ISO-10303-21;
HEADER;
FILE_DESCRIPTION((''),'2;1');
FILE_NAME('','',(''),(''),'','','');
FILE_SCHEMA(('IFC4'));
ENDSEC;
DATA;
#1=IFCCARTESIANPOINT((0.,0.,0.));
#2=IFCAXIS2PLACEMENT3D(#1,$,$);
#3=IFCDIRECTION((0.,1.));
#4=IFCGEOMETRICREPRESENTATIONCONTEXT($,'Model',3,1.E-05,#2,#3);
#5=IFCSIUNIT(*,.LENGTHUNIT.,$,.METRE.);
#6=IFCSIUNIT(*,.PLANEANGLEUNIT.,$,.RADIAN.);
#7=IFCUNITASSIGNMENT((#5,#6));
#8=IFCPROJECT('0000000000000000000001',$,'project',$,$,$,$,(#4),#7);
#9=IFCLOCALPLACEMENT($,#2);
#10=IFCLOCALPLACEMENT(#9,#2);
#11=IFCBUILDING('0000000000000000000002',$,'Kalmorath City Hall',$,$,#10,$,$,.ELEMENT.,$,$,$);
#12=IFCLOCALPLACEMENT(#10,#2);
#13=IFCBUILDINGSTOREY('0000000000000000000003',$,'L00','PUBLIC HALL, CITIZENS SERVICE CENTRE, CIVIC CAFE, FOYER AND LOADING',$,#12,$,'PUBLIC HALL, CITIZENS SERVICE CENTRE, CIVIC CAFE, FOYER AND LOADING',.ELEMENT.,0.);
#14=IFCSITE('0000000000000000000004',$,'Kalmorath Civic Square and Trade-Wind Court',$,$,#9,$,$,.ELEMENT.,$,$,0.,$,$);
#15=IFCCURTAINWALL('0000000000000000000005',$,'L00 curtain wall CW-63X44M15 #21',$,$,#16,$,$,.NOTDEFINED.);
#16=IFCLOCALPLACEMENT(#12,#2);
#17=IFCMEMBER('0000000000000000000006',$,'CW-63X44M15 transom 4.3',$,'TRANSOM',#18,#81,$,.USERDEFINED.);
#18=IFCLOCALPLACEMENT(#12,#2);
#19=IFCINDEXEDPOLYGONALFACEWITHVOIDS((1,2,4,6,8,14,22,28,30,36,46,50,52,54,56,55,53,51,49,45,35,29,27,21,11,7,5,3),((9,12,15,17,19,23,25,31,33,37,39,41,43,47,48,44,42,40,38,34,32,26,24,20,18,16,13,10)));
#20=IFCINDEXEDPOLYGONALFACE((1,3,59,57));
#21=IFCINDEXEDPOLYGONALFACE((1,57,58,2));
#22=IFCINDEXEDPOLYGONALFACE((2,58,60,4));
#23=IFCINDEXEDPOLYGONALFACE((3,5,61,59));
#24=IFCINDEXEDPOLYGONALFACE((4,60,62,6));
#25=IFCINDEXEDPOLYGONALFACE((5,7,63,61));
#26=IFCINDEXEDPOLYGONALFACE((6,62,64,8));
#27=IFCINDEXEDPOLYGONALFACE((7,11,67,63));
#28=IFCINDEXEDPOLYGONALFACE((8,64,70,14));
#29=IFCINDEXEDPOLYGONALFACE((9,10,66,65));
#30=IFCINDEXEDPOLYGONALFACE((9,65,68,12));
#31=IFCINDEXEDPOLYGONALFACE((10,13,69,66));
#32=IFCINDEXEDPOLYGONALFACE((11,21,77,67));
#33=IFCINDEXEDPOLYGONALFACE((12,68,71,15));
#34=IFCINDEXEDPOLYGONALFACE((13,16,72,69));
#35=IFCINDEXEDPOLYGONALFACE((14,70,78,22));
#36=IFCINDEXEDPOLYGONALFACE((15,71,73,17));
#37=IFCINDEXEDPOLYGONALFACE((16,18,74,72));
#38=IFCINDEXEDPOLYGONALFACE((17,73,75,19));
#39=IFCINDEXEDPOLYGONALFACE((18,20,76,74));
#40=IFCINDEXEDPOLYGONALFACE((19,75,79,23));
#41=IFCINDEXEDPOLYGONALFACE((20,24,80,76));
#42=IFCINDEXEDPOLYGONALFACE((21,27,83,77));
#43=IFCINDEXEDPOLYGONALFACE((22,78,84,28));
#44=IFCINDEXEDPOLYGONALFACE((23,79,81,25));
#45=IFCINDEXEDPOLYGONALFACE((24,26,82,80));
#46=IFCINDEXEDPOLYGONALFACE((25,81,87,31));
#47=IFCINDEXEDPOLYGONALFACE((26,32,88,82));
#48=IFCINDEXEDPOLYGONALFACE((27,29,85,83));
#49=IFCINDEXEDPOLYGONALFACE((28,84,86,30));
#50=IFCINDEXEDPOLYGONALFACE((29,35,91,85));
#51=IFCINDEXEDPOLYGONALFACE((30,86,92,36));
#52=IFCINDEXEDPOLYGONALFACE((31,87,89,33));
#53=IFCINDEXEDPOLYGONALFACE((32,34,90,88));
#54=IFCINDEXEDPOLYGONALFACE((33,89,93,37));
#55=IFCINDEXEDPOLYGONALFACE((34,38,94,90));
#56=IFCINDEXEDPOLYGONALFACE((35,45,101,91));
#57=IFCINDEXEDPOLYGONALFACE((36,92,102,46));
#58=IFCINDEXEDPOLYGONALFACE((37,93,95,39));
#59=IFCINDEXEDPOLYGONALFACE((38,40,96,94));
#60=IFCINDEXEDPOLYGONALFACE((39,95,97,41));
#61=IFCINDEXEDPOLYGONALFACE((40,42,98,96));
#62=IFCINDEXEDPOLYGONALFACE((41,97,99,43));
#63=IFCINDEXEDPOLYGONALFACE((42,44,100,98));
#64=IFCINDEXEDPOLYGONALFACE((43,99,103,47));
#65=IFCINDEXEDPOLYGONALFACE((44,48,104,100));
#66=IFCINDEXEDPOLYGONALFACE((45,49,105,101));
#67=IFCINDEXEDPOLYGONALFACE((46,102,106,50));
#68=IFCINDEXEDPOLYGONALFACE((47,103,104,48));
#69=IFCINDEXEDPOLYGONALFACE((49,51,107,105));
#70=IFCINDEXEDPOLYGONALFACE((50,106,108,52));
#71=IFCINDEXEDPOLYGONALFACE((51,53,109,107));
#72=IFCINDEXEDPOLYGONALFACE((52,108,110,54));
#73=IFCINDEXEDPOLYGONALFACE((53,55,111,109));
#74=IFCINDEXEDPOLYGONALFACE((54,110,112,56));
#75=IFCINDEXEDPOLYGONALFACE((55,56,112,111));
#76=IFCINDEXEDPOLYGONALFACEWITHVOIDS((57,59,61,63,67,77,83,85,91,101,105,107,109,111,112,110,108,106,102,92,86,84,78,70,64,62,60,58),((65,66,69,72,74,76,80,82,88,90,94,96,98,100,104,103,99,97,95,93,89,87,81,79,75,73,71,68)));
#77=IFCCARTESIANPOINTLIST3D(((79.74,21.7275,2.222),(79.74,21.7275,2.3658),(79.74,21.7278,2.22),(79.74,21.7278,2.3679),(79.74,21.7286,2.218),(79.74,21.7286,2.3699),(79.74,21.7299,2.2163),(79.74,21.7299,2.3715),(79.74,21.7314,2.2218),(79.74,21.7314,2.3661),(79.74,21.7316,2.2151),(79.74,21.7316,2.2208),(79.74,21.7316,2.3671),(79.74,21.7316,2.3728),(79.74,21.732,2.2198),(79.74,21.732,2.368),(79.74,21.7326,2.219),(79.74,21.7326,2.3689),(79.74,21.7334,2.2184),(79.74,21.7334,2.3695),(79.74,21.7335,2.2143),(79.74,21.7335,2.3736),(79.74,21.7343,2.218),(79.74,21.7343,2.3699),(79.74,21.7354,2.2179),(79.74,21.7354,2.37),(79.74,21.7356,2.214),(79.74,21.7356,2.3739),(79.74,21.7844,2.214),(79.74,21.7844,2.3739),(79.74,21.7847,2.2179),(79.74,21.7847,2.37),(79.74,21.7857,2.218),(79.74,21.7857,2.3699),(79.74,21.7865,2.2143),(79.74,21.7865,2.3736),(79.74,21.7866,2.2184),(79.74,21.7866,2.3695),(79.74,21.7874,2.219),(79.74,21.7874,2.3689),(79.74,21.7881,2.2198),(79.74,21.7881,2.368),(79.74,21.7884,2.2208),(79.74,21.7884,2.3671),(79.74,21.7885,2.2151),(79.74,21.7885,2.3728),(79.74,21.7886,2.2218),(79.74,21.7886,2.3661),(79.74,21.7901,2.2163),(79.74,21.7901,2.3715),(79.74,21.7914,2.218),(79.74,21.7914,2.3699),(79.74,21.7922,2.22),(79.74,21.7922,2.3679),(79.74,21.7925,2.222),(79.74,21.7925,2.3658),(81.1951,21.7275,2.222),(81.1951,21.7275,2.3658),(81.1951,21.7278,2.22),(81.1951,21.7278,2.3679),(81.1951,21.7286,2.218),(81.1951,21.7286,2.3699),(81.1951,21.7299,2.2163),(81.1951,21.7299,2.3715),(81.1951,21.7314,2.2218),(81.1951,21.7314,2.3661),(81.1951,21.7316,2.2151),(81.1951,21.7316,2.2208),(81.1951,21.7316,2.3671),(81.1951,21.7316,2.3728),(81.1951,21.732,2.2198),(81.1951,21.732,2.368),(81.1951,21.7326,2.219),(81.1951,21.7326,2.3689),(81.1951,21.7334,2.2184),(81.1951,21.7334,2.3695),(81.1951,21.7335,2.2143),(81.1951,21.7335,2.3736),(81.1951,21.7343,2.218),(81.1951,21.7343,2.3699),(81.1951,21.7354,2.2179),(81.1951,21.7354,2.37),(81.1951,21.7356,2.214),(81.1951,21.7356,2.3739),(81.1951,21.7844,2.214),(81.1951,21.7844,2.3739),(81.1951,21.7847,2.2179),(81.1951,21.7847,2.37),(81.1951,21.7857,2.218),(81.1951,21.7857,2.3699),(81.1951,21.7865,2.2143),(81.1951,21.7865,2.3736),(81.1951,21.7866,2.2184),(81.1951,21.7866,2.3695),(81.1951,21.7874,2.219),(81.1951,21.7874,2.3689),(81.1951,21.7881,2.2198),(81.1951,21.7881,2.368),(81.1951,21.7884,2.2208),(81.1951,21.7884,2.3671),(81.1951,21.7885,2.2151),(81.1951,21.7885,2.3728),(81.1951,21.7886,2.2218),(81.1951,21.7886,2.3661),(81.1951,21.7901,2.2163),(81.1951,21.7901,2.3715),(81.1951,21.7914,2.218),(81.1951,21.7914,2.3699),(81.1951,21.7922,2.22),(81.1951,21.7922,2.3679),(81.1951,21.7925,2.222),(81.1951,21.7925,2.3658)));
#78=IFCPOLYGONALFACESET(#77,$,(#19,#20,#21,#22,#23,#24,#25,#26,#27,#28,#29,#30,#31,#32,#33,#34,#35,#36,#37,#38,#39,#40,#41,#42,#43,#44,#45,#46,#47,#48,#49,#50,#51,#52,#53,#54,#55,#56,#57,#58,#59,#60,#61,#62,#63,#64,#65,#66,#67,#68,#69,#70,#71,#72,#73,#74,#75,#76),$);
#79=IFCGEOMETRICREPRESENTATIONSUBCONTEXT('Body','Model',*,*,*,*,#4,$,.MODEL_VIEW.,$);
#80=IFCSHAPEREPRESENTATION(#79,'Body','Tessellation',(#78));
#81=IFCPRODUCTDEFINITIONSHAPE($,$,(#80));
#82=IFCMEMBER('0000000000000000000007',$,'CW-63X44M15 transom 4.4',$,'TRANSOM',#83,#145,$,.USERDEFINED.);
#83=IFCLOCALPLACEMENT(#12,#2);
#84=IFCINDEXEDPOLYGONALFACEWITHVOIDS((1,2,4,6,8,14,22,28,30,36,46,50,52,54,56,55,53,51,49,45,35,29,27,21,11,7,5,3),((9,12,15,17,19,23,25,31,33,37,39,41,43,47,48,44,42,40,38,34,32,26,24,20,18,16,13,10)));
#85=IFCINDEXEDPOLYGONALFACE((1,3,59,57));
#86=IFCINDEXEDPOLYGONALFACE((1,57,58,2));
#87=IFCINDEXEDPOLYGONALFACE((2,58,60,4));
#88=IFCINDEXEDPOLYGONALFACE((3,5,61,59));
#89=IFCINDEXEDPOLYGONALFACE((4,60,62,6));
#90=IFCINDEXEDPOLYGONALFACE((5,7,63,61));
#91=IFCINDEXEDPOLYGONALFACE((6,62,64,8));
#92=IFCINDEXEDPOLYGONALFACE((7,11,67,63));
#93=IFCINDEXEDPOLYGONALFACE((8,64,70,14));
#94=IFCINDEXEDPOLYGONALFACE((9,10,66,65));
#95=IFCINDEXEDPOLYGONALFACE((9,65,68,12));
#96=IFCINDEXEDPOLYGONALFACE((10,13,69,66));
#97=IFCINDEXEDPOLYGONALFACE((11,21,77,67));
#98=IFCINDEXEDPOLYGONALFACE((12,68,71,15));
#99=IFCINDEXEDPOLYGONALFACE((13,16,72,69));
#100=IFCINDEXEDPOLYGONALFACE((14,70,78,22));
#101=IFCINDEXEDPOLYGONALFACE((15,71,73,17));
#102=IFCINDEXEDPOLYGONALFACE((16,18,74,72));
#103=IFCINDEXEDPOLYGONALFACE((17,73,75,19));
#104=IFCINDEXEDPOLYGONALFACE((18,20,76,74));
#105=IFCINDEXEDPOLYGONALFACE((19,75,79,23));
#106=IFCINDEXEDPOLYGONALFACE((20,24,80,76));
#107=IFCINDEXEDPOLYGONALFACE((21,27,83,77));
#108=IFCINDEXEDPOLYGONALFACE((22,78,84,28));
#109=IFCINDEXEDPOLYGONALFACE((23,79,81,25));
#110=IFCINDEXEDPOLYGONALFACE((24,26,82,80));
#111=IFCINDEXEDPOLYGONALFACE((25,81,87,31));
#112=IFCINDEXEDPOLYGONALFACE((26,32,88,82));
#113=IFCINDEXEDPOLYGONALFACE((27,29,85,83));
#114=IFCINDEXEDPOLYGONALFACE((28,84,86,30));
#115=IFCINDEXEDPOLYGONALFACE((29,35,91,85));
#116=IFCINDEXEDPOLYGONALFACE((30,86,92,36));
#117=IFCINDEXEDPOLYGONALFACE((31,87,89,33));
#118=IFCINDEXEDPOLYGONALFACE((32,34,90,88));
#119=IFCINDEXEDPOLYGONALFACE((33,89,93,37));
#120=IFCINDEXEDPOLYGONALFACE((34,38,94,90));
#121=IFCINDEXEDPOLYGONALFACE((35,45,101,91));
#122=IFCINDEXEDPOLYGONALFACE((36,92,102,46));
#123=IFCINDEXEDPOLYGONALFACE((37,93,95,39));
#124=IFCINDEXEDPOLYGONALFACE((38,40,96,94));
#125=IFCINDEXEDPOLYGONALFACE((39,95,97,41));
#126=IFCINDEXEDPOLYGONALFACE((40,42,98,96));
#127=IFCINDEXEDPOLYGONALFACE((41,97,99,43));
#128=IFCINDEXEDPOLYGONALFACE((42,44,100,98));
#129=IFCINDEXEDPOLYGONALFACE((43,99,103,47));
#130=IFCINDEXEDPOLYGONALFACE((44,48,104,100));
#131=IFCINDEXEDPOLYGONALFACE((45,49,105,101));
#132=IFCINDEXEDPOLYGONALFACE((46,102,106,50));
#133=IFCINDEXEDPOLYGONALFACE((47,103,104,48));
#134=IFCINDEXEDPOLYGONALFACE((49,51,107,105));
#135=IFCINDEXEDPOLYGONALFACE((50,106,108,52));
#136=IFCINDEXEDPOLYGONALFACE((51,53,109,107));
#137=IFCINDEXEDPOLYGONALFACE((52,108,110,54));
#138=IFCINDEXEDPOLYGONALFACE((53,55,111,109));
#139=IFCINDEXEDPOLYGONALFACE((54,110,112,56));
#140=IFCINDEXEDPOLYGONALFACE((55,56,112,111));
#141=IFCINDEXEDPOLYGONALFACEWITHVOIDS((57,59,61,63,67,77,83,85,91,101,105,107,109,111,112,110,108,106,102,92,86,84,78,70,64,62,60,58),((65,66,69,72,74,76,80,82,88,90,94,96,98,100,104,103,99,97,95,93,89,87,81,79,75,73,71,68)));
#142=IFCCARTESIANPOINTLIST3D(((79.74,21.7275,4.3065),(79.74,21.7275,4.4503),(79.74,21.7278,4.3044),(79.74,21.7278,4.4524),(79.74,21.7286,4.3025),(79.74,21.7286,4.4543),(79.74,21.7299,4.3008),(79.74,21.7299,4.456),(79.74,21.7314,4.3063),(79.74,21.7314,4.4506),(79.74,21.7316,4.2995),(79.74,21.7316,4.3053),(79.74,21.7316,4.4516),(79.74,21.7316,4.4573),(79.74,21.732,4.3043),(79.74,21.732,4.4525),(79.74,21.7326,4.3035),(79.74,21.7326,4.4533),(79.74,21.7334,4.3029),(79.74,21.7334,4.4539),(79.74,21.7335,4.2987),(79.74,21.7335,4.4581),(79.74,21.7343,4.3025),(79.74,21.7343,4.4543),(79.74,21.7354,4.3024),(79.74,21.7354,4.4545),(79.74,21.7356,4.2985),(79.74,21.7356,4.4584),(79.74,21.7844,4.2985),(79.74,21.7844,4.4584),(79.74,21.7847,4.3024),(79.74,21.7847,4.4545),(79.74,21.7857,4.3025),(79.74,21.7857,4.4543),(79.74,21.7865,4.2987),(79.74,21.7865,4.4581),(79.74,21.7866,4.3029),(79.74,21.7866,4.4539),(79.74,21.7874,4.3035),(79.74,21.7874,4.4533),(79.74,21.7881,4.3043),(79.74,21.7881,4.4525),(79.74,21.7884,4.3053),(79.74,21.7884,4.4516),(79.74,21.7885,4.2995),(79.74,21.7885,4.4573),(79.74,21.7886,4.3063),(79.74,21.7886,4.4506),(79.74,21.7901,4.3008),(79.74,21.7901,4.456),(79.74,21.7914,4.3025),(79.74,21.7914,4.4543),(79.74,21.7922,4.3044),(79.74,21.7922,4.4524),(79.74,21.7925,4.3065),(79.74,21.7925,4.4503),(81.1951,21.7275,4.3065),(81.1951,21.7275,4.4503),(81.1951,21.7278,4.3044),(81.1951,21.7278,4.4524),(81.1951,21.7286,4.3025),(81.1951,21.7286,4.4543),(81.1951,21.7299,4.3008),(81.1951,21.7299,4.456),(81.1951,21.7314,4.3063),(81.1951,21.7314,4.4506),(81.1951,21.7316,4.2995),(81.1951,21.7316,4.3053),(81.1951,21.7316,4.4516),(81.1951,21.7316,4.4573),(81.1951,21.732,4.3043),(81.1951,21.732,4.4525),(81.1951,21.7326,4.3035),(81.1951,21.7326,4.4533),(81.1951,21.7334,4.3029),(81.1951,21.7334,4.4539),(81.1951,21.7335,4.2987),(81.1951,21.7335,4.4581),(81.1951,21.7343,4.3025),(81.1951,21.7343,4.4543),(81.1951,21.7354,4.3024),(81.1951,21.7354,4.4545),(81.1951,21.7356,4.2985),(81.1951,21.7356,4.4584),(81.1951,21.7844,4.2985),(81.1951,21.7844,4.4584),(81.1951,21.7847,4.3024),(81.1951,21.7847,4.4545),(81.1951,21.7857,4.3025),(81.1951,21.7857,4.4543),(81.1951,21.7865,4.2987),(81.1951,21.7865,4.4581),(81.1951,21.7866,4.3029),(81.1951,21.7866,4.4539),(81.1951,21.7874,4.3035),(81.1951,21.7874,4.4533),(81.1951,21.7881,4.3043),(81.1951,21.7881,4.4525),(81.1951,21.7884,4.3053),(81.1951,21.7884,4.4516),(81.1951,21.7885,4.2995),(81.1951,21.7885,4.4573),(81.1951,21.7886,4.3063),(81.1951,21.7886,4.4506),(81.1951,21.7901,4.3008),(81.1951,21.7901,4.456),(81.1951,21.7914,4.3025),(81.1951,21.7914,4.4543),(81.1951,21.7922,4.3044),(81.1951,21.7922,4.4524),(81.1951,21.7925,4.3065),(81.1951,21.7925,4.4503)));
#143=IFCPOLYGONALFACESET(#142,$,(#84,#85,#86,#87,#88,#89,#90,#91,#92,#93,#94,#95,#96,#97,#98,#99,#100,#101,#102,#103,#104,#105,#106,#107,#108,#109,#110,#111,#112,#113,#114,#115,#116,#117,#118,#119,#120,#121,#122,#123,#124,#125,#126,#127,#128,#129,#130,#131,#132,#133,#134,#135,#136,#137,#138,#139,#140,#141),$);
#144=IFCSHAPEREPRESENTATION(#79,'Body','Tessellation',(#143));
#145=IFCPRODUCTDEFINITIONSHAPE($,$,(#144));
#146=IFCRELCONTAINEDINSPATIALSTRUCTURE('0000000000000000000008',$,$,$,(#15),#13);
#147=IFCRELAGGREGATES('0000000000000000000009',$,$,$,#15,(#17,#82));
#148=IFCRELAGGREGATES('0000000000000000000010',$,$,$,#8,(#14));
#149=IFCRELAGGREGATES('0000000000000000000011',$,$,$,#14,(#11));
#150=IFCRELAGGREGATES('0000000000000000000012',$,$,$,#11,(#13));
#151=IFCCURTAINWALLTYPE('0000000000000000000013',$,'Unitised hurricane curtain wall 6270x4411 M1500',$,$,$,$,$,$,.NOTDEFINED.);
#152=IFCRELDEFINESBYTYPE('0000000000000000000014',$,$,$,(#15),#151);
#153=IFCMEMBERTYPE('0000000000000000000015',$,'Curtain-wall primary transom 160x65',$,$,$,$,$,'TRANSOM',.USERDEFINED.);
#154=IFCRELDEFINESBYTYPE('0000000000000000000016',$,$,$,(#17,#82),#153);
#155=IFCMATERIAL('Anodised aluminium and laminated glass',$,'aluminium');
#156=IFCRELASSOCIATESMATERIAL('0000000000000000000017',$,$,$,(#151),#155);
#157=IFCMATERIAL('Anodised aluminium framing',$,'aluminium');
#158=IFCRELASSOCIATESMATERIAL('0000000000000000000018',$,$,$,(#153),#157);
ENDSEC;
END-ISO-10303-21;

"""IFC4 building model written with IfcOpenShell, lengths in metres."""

from ifc_helpers import new_model, si_unit, direction, frame, origin, origin_2d, place, context, subcontext, project, spatial, hollow_rectangle, extrude, material, material_profile, profile_set, type_object, element, aggregate, save


model = new_model("IFC4")

# Units and contexts
model_context = context("Model", 3, precision=1e-05, world=origin(), true_north=direction((0.0, 1.0)))
body_context = subcontext(model_context, "Body", "Model", "MODEL_VIEW")
ifc_project = project(units=[si_unit("LENGTHUNIT", "METRE"), si_unit("PLANEANGLEUNIT", "RADIAN")], contexts=[model_context])

# Site, building, storey
site_placement = place(None, origin())
site = spatial("IfcSite", under=ifc_project, at=site_placement, Name="Kalmorath Civic Square and Trade-Wind Court", CompositionType="ELEMENT", RefElevation=0.0)
building_placement = place(site_placement, origin())
building = spatial("IfcBuilding", under=site, at=building_placement, Name="Kalmorath City Hall", CompositionType="ELEMENT")
storey_placement = place(building_placement, origin())
storey = spatial("IfcBuildingStorey", under=building, at=storey_placement, Name="L00", Description="PUBLIC HALL, CITIZENS SERVICE CENTRE, CIVIC CAFE, FOYER AND LOADING", LongName="PUBLIC HALL, CITIZENS SERVICE CENTRE, CIVIC CAFE, FOYER AND LOADING", CompositionType="ELEMENT", Elevation=0.0)

# Curtain wall
ifc_material_1 = material(Name="Anodised aluminium and laminated glass", Category="aluminium")
curtain_wall_type_1 = type_object("IfcCurtainWallType", Name="Unitised hurricane curtain wall 6270x4411 M1500", PredefinedType="NOTDEFINED", material=ifc_material_1)
curtain_wall_1_placement = place(storey_placement, origin())
curtain_wall_1 = element("IfcCurtainWall", 1, at=curtain_wall_1_placement, inside=storey, type_object=curtain_wall_type_1, Name="L00 curtain wall CW-63X44M15 #21", PredefinedType="NOTDEFINED")

# Members
ifc_material_2 = material(Name="Anodised aluminium framing", Category="aluminium")
ifc_material_profile_1 = material_profile(ifc_material_2, hollow_rectangle(XDim=0.0649, YDim=0.1599, WallThickness=0.0039, InnerFilletRadius=0.0039, OuterFilletRadius=0.0081, at=origin_2d()), Name="ALU-TRN-160X65X4")
ifc_profile_set_1 = profile_set([ifc_material_profile_1], Name="Anodised aluminium framing")
member_type_1 = type_object("IfcMemberType", Name="Curtain-wall primary transom 160x65", ElementType="TRANSOM", PredefinedType="USERDEFINED", material=ifc_profile_set_1)
member_1_placement = place(storey_placement, frame((81.1951, 21.76, 2.2939), z_axis=(-1.0, 0.0, 0.0), x_axis=(0.0, -1.0, 0.0)))
member_1 = element("IfcMember", 2, at=member_1_placement, type_object=member_type_1, Name="CW-63X44M15 transom 4.3", ObjectType="TRANSOM", PredefinedType="USERDEFINED", context=body_context, shape_type="SweptSolid", body=[
    extrude(hollow_rectangle(XDim=0.0649, YDim=0.1599, WallThickness=0.0039, InnerFilletRadius=0.0039, OuterFilletRadius=0.0081, at=origin_2d()), origin(), (0.0, 0.0, 1.0), 1.4551),
])
member_2_placement = place(storey_placement, frame((81.1951, 21.76, 4.3784), z_axis=(-1.0, 0.0, 0.0), x_axis=(0.0, -1.0, 0.0)))
member_2 = element("IfcMember", 3, at=member_2_placement, type_object=member_type_1, Name="CW-63X44M15 transom 4.4", ObjectType="TRANSOM", PredefinedType="USERDEFINED", context=body_context, shape_type="SweptSolid", body=[
    extrude(hollow_rectangle(XDim=0.0649, YDim=0.1599, WallThickness=0.0039, InnerFilletRadius=0.0039, OuterFilletRadius=0.0081, at=origin_2d()), origin(), (0.0, 0.0, 1.0), 1.4551),
])

aggregate(curtain_wall_1, [member_1, member_2])

save(model, "model.ifc")
